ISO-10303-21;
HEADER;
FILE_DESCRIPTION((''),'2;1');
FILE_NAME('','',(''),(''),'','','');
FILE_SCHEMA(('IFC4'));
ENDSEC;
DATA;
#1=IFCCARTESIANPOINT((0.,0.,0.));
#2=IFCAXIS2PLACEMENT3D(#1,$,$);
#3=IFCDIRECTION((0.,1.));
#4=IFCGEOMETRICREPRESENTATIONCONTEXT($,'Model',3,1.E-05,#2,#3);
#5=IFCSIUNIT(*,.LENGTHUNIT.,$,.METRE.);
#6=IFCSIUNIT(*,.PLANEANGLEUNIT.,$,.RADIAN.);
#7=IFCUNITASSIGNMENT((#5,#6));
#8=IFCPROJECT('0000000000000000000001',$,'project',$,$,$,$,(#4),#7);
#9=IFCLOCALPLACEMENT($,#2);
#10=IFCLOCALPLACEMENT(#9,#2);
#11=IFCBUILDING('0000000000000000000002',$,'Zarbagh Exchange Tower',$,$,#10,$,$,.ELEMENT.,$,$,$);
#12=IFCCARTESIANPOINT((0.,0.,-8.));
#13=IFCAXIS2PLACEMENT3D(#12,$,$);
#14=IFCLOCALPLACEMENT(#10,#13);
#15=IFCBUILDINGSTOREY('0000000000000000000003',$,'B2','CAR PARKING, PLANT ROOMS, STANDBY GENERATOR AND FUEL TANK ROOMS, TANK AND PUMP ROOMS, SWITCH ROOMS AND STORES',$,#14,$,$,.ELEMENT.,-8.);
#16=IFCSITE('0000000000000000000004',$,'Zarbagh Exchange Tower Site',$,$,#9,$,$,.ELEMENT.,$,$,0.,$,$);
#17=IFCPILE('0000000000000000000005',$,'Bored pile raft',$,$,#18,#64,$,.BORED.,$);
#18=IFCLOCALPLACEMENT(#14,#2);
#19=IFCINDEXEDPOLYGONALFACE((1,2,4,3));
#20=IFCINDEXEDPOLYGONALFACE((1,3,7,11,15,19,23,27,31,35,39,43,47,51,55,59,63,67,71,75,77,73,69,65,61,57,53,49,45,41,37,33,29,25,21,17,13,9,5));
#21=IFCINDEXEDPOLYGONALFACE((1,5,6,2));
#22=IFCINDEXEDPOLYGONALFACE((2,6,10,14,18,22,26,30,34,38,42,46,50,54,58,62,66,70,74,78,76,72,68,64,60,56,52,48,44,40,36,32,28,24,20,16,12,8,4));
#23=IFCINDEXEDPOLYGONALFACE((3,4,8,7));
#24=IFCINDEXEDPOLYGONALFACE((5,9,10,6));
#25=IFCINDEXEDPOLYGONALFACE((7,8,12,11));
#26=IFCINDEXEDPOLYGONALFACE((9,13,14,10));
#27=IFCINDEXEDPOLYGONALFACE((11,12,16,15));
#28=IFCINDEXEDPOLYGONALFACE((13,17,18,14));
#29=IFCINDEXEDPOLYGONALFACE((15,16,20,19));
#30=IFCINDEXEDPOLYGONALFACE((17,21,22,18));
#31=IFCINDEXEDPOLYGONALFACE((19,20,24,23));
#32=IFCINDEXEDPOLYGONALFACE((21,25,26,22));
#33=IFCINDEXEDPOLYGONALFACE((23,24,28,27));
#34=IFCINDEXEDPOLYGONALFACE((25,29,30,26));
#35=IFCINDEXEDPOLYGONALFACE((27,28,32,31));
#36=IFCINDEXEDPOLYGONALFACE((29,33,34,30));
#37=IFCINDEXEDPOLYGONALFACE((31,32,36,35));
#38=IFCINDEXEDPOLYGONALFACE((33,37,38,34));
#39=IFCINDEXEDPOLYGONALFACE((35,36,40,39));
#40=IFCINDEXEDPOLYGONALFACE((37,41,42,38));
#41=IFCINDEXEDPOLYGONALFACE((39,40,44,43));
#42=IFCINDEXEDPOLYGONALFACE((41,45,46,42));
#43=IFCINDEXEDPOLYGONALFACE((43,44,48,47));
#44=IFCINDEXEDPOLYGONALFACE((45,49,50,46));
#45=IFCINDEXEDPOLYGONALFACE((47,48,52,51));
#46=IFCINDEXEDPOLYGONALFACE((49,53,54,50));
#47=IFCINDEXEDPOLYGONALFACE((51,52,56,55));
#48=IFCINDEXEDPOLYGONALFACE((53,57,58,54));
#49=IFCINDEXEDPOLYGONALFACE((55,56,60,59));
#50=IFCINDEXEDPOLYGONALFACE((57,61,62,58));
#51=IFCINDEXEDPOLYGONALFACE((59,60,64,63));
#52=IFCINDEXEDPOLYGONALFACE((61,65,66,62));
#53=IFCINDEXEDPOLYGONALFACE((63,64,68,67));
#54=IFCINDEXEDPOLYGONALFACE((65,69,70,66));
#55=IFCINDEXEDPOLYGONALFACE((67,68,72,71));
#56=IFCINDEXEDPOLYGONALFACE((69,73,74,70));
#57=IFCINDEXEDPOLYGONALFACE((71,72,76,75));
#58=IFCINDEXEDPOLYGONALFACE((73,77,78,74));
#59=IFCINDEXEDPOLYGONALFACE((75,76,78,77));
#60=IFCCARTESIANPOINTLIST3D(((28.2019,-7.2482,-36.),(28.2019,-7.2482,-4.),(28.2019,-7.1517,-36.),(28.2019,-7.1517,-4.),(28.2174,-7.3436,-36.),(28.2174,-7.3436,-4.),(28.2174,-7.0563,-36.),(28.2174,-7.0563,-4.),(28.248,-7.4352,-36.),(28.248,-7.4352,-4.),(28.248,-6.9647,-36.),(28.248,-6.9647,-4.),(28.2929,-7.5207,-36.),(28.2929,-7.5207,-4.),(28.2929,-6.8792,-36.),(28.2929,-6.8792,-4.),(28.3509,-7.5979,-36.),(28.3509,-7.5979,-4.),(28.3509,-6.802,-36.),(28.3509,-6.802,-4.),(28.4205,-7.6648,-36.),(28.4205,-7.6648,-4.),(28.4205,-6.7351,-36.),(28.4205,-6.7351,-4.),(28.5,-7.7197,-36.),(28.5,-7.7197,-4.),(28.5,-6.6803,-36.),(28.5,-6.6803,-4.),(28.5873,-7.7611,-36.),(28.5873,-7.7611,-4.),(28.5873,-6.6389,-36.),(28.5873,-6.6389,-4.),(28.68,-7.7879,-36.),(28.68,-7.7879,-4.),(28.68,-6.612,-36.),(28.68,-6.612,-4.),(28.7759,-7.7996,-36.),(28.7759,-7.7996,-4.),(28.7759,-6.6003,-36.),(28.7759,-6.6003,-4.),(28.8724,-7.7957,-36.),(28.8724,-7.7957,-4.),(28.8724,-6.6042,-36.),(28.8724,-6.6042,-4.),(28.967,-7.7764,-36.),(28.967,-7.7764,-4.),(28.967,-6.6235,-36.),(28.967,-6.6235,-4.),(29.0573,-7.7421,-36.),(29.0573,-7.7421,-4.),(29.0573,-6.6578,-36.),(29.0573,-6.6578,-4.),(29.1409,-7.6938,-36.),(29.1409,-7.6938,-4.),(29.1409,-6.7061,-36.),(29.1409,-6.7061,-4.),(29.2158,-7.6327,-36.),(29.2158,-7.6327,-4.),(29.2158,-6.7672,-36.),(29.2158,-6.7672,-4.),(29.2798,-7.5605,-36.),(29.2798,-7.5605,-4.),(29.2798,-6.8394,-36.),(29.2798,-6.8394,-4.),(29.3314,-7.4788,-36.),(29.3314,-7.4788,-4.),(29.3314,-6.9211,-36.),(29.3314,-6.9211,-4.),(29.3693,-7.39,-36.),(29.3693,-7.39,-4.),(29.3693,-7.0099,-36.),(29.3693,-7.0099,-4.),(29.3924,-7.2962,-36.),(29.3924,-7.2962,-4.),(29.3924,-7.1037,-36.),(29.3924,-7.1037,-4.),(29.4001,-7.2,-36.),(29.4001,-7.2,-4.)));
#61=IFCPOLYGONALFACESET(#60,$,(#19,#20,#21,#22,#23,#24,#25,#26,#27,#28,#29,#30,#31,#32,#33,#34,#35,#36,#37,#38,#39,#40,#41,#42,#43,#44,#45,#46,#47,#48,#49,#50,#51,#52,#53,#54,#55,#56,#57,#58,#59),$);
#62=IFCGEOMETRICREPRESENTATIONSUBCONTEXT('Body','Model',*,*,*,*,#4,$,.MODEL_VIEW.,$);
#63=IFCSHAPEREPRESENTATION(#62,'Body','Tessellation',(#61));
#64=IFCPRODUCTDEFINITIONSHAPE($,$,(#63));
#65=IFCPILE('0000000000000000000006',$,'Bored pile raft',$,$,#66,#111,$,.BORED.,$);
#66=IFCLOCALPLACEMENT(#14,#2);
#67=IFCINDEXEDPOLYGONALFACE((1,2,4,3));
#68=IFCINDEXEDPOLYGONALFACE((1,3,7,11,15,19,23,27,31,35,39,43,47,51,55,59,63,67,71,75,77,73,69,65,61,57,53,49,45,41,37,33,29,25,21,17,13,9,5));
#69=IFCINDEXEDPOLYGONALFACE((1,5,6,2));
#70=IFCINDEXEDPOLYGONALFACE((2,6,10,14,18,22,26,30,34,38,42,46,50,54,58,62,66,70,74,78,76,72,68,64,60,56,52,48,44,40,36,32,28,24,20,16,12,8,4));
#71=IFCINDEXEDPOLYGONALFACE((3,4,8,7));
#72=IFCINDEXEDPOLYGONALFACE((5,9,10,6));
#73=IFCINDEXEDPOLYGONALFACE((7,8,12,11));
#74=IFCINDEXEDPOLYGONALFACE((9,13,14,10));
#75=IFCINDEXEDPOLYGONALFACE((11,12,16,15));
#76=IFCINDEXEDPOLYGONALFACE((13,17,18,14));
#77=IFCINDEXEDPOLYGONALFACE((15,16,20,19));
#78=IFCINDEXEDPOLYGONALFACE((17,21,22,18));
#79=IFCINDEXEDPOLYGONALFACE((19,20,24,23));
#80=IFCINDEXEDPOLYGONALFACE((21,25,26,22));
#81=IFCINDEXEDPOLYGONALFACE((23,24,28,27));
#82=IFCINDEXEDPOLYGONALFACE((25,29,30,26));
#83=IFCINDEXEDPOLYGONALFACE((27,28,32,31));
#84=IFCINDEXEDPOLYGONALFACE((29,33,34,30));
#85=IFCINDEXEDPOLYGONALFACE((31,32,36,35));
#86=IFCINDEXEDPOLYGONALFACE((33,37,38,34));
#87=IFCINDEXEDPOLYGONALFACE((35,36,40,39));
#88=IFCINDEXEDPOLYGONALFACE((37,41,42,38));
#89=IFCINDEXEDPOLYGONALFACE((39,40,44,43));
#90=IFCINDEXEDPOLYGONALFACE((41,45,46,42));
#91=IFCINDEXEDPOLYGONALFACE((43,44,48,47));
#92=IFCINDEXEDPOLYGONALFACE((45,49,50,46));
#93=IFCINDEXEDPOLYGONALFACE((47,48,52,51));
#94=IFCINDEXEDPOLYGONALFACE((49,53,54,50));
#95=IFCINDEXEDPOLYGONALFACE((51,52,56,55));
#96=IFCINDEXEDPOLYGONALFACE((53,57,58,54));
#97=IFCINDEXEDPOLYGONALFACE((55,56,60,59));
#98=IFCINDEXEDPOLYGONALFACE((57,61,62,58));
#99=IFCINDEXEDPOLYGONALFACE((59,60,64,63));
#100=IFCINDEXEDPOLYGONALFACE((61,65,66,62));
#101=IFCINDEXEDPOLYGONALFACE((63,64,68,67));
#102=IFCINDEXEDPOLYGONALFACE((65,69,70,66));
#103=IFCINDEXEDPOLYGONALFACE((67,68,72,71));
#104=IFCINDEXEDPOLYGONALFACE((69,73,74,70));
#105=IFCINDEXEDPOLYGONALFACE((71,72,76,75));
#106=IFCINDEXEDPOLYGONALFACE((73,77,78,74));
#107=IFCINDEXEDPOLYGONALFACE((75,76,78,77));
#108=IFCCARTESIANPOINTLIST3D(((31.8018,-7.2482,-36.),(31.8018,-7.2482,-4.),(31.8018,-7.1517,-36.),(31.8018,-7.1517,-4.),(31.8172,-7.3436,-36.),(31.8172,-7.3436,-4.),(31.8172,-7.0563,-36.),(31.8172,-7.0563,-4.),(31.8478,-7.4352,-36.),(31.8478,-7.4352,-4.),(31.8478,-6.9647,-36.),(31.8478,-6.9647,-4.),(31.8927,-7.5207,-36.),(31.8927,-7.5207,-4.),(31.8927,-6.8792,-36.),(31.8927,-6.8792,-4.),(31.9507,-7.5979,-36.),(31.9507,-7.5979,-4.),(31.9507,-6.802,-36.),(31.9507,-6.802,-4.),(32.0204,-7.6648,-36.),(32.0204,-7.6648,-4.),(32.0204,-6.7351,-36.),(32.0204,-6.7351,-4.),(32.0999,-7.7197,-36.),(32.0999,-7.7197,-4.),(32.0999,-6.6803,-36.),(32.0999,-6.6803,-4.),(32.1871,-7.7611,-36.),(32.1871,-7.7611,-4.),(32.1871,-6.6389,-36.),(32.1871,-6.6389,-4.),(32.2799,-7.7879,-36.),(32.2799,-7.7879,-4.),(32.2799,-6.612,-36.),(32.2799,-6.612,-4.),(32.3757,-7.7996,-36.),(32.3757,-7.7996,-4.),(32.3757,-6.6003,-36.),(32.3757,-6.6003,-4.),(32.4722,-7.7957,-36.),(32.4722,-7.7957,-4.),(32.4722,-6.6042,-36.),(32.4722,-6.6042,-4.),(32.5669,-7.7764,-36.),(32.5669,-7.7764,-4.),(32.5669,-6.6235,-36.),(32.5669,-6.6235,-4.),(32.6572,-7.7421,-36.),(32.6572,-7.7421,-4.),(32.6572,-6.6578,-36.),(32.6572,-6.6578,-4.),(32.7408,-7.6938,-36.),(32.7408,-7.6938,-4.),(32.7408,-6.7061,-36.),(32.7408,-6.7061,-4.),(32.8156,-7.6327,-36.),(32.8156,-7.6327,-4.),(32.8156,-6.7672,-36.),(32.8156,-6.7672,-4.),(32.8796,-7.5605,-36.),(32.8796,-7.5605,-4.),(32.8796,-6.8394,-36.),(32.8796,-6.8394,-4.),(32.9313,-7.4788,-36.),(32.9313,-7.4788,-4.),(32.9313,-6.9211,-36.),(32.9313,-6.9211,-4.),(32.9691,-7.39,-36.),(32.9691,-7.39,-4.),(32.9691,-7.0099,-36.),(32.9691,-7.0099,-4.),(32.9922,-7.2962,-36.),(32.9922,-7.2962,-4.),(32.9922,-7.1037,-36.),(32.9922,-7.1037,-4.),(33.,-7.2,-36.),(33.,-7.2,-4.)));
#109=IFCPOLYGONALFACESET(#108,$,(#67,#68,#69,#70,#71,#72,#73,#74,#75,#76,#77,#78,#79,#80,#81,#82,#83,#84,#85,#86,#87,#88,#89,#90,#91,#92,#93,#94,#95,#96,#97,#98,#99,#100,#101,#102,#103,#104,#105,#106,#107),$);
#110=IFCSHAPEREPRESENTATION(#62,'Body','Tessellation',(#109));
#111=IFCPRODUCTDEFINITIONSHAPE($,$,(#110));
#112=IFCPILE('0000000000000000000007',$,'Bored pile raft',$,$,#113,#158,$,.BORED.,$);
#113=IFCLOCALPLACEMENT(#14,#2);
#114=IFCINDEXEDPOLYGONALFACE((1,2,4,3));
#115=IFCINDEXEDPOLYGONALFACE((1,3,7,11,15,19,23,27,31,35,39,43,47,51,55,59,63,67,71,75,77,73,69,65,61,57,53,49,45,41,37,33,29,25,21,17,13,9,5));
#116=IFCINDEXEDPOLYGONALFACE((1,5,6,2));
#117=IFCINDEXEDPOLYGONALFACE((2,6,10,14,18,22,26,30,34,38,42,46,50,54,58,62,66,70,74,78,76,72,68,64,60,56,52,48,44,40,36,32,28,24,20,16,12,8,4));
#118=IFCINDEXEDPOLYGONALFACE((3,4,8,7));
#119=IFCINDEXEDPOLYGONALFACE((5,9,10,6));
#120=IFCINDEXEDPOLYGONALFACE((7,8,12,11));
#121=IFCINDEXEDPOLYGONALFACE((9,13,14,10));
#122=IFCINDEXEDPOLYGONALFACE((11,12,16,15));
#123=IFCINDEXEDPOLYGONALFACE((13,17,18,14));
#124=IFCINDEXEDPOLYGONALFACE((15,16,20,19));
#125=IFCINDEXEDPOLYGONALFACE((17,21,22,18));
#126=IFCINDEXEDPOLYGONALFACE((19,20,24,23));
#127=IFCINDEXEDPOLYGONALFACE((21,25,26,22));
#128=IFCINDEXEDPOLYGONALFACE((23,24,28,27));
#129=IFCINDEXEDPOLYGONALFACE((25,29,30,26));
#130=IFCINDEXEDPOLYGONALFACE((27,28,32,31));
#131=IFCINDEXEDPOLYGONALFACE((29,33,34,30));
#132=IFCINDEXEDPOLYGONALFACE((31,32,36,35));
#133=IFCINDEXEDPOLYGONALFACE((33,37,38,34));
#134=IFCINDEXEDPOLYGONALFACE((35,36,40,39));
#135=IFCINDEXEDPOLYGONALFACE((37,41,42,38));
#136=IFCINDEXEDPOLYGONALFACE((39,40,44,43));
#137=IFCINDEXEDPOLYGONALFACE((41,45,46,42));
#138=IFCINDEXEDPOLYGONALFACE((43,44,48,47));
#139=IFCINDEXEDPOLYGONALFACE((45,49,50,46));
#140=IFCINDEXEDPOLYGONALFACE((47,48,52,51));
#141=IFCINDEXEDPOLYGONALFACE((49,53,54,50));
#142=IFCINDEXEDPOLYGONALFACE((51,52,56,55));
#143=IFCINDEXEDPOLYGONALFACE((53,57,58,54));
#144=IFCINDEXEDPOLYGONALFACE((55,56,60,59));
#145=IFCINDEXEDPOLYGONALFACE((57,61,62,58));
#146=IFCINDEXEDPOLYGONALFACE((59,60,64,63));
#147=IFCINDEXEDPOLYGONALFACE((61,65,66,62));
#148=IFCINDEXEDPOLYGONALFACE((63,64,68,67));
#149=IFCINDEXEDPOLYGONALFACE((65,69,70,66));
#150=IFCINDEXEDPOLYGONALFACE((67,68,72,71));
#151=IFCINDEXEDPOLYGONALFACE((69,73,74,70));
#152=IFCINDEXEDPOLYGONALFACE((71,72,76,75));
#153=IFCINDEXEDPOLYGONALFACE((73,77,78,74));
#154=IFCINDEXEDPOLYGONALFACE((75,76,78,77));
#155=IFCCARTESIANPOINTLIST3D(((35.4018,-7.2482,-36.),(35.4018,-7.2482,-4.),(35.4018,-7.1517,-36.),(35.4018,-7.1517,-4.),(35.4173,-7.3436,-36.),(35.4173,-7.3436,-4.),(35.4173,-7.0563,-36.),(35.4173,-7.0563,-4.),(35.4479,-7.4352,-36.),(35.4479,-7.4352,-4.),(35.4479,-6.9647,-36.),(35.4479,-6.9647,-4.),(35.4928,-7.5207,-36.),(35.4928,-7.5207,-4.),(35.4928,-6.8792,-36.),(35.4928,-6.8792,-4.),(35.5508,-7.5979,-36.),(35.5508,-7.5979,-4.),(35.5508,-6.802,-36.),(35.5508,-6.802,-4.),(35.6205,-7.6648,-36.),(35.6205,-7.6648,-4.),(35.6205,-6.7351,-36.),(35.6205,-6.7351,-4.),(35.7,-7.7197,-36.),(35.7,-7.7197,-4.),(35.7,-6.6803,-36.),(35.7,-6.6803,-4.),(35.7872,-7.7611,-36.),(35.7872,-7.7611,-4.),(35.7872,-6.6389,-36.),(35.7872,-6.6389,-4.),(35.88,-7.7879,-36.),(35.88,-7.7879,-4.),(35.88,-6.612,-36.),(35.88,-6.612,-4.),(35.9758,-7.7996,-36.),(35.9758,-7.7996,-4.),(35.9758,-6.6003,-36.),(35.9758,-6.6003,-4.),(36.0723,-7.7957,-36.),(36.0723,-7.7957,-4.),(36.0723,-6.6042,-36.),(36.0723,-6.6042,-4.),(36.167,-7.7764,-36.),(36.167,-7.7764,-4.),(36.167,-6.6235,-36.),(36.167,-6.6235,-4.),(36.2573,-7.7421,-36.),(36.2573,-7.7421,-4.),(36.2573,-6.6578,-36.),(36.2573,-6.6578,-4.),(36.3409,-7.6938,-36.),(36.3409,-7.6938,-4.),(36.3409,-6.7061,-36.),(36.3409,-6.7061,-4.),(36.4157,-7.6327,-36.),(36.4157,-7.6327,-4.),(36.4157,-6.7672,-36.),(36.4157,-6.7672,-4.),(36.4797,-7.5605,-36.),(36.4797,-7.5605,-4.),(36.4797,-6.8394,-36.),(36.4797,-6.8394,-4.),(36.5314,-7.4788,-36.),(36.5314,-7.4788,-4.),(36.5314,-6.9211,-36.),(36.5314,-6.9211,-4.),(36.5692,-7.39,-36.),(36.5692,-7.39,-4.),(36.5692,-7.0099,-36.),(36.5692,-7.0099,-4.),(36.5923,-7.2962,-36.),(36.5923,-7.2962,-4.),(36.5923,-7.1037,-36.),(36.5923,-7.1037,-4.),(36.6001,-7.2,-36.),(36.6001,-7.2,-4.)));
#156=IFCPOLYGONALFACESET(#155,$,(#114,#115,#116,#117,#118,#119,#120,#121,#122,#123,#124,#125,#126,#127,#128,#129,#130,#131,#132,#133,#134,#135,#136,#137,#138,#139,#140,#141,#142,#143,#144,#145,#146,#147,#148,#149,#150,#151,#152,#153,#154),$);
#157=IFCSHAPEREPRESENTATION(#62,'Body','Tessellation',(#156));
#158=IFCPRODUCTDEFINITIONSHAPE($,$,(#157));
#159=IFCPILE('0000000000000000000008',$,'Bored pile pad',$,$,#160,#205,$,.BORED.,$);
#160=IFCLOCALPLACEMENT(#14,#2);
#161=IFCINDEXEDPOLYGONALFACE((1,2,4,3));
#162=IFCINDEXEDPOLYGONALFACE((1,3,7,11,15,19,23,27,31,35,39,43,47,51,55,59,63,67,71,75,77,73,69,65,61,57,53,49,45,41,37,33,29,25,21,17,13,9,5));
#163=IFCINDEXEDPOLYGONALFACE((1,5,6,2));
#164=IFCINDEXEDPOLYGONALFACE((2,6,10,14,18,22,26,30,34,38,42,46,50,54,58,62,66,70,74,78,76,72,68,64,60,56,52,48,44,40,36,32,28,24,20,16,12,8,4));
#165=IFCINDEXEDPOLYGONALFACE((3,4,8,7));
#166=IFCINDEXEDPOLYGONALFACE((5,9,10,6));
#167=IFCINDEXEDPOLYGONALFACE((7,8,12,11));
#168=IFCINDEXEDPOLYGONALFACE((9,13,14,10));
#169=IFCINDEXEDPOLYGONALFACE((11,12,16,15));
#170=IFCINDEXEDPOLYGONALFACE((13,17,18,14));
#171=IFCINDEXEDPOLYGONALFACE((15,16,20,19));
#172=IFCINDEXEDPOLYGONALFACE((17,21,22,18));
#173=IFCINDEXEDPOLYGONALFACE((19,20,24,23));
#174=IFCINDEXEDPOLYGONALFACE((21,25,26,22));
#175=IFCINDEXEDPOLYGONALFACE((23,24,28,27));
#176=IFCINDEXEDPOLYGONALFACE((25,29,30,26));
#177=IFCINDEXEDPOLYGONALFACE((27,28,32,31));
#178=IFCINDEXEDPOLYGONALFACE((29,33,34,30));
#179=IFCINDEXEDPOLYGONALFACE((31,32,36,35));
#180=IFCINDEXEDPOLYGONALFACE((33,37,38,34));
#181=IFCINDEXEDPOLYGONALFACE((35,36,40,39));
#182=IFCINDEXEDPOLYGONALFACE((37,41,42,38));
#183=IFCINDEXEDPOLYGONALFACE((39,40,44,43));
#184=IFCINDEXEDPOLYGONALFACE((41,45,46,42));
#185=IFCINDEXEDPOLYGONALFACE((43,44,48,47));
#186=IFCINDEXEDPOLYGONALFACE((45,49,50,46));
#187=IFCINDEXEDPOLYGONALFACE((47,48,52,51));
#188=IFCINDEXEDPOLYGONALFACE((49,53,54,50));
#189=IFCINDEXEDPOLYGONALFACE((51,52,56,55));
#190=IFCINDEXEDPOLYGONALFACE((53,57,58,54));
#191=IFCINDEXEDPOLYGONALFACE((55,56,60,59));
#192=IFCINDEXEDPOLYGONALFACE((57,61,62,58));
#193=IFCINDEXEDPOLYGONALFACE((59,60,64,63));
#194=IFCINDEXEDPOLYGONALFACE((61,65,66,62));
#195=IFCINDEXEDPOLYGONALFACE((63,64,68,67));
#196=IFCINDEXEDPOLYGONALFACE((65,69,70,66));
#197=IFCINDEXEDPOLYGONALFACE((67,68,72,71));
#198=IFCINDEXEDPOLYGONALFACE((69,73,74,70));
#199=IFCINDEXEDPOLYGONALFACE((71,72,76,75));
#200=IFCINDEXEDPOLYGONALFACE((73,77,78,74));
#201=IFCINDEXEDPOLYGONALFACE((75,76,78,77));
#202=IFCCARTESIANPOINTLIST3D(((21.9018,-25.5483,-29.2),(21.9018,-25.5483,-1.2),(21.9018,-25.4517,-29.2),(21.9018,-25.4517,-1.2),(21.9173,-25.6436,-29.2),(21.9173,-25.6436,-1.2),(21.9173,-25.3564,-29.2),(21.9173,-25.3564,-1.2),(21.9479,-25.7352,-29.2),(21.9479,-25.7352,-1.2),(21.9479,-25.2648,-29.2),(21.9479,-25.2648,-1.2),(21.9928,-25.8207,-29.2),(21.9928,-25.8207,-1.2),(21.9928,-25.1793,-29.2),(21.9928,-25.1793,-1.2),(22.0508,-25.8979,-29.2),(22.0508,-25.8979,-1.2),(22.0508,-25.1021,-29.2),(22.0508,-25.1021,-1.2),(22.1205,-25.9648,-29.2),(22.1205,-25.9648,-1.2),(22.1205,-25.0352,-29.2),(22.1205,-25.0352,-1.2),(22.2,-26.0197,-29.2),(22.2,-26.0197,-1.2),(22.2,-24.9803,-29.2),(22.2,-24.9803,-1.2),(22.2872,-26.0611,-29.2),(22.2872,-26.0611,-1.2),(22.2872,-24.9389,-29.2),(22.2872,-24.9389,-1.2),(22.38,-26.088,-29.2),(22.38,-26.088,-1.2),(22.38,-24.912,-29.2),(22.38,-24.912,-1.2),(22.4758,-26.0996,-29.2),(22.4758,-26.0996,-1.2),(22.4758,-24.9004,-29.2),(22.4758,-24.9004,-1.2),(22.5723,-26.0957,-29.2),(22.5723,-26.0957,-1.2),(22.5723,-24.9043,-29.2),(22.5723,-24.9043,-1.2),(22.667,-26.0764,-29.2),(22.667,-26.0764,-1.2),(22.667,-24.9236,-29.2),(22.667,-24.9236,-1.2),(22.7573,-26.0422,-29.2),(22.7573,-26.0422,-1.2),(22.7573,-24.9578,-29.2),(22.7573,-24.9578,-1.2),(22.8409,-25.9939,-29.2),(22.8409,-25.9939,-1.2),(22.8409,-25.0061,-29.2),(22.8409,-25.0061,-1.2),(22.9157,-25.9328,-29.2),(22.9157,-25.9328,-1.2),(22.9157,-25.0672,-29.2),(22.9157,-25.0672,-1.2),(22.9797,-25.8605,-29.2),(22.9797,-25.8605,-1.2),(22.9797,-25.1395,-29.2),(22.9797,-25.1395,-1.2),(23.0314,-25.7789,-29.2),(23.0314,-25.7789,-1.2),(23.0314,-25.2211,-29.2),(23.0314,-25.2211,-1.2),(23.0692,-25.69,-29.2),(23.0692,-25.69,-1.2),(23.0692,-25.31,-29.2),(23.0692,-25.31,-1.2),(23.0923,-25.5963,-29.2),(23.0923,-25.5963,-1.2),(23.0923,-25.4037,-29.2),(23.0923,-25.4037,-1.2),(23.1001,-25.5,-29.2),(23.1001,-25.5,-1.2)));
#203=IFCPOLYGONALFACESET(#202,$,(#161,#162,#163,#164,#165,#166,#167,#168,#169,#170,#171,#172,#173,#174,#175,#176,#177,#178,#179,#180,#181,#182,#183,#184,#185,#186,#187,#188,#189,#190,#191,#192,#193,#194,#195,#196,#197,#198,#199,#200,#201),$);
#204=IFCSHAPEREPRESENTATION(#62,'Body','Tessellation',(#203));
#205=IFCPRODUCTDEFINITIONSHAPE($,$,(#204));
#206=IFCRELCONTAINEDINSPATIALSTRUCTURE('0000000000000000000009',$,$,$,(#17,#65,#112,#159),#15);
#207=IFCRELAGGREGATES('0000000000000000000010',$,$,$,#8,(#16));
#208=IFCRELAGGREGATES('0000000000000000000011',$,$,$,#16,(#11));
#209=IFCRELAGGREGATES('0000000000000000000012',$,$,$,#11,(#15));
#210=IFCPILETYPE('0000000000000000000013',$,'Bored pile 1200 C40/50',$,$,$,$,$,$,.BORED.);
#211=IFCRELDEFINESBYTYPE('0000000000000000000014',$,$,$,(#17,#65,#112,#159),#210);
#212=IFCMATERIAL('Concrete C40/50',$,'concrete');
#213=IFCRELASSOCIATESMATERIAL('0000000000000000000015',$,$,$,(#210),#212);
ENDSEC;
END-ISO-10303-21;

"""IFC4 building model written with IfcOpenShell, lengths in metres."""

from ifc_helpers import new_model, si_unit, direction, frame, origin, origin_2d, place, context, subcontext, project, spatial, circle, extrude, material, material_profile, profile_set, type_object, element, save


model = new_model("IFC4")

# Units and contexts
model_context = context("Model", 3, precision=1e-05, world=origin(), true_north=direction((0.0, 1.0)))
body_context = subcontext(model_context, "Body", "Model", "MODEL_VIEW")
ifc_project = project(units=[si_unit("LENGTHUNIT", "METRE"), si_unit("PLANEANGLEUNIT", "RADIAN")], contexts=[model_context])

# Site, building, storey
site_placement = place(None, origin())
site = spatial("IfcSite", under=ifc_project, at=site_placement, Name="Zarbagh Exchange Tower Site", CompositionType="ELEMENT", RefElevation=0.0)
building_placement = place(site_placement, origin())
building = spatial("IfcBuilding", under=site, at=building_placement, Name="Zarbagh Exchange Tower", CompositionType="ELEMENT")
storey_placement = place(building_placement, frame((0.0, 0.0, -8.0)))
storey = spatial("IfcBuildingStorey", under=building, at=storey_placement, Name="B2", Description="CAR PARKING, PLANT ROOMS, STANDBY GENERATOR AND FUEL TANK ROOMS, TANK AND PUMP ROOMS, SWITCH ROOMS AND STORES", CompositionType="ELEMENT", Elevation=-8.0)

# Piles
ifc_material_1 = material(Name="Concrete C40/50", Category="concrete")
ifc_material_profile_1 = material_profile(ifc_material_1, circle(Radius=0.6001, at=origin_2d()), Name="Bored pile 1200 C40/50")
ifc_profile_set_1 = profile_set([ifc_material_profile_1], Name="Concrete C40/50")
pile_type = type_object("IfcPileType", Name="Bored pile 1200 C40/50", PredefinedType="BORED", material=ifc_profile_set_1)
for number, where, z_axis, x_axis, name in (
    (1, (28.8, -7.2, -4.0), (0.0, 0.0, -1.0), (1.0, 0.0, 0.0), "Bored pile raft"),
    (2, (32.3999, -7.2, -4.0), (0.0, 0.0, -1.0), (1.0, 0.0, 0.0), "Bored pile raft"),
    (3, (36.0, -7.2, -4.0), (0.0, 0.0, -1.0), (1.0, 0.0, 0.0), "Bored pile raft"),
):
    element("IfcPile", number, at=place(storey_placement, frame(where, z_axis=z_axis, x_axis=x_axis)), inside=storey, type_object=pile_type, Name=name, PredefinedType="BORED", context=body_context, shape_type="SweptSolid", body=[
        extrude(circle(Radius=0.6001, at=origin_2d()), origin(), (0.0, 0.0, 1.0), 32.0),
    ])
for number, where, z_axis, x_axis, name in (
    (4, (22.5, -25.5, -1.2), (0.0, 0.0, -1.0), (1.0, 0.0, 0.0), "Bored pile pad"),
):
    element("IfcPile", number, at=place(storey_placement, frame(where, z_axis=z_axis, x_axis=x_axis)), inside=storey, type_object=pile_type, Name=name, PredefinedType="BORED", context=body_context, shape_type="SweptSolid", body=[
        extrude(circle(Radius=0.6001, at=origin_2d()), origin(), (0.0, 0.0, 1.0), 28.0),
    ])

save(model, "model.ifc")
